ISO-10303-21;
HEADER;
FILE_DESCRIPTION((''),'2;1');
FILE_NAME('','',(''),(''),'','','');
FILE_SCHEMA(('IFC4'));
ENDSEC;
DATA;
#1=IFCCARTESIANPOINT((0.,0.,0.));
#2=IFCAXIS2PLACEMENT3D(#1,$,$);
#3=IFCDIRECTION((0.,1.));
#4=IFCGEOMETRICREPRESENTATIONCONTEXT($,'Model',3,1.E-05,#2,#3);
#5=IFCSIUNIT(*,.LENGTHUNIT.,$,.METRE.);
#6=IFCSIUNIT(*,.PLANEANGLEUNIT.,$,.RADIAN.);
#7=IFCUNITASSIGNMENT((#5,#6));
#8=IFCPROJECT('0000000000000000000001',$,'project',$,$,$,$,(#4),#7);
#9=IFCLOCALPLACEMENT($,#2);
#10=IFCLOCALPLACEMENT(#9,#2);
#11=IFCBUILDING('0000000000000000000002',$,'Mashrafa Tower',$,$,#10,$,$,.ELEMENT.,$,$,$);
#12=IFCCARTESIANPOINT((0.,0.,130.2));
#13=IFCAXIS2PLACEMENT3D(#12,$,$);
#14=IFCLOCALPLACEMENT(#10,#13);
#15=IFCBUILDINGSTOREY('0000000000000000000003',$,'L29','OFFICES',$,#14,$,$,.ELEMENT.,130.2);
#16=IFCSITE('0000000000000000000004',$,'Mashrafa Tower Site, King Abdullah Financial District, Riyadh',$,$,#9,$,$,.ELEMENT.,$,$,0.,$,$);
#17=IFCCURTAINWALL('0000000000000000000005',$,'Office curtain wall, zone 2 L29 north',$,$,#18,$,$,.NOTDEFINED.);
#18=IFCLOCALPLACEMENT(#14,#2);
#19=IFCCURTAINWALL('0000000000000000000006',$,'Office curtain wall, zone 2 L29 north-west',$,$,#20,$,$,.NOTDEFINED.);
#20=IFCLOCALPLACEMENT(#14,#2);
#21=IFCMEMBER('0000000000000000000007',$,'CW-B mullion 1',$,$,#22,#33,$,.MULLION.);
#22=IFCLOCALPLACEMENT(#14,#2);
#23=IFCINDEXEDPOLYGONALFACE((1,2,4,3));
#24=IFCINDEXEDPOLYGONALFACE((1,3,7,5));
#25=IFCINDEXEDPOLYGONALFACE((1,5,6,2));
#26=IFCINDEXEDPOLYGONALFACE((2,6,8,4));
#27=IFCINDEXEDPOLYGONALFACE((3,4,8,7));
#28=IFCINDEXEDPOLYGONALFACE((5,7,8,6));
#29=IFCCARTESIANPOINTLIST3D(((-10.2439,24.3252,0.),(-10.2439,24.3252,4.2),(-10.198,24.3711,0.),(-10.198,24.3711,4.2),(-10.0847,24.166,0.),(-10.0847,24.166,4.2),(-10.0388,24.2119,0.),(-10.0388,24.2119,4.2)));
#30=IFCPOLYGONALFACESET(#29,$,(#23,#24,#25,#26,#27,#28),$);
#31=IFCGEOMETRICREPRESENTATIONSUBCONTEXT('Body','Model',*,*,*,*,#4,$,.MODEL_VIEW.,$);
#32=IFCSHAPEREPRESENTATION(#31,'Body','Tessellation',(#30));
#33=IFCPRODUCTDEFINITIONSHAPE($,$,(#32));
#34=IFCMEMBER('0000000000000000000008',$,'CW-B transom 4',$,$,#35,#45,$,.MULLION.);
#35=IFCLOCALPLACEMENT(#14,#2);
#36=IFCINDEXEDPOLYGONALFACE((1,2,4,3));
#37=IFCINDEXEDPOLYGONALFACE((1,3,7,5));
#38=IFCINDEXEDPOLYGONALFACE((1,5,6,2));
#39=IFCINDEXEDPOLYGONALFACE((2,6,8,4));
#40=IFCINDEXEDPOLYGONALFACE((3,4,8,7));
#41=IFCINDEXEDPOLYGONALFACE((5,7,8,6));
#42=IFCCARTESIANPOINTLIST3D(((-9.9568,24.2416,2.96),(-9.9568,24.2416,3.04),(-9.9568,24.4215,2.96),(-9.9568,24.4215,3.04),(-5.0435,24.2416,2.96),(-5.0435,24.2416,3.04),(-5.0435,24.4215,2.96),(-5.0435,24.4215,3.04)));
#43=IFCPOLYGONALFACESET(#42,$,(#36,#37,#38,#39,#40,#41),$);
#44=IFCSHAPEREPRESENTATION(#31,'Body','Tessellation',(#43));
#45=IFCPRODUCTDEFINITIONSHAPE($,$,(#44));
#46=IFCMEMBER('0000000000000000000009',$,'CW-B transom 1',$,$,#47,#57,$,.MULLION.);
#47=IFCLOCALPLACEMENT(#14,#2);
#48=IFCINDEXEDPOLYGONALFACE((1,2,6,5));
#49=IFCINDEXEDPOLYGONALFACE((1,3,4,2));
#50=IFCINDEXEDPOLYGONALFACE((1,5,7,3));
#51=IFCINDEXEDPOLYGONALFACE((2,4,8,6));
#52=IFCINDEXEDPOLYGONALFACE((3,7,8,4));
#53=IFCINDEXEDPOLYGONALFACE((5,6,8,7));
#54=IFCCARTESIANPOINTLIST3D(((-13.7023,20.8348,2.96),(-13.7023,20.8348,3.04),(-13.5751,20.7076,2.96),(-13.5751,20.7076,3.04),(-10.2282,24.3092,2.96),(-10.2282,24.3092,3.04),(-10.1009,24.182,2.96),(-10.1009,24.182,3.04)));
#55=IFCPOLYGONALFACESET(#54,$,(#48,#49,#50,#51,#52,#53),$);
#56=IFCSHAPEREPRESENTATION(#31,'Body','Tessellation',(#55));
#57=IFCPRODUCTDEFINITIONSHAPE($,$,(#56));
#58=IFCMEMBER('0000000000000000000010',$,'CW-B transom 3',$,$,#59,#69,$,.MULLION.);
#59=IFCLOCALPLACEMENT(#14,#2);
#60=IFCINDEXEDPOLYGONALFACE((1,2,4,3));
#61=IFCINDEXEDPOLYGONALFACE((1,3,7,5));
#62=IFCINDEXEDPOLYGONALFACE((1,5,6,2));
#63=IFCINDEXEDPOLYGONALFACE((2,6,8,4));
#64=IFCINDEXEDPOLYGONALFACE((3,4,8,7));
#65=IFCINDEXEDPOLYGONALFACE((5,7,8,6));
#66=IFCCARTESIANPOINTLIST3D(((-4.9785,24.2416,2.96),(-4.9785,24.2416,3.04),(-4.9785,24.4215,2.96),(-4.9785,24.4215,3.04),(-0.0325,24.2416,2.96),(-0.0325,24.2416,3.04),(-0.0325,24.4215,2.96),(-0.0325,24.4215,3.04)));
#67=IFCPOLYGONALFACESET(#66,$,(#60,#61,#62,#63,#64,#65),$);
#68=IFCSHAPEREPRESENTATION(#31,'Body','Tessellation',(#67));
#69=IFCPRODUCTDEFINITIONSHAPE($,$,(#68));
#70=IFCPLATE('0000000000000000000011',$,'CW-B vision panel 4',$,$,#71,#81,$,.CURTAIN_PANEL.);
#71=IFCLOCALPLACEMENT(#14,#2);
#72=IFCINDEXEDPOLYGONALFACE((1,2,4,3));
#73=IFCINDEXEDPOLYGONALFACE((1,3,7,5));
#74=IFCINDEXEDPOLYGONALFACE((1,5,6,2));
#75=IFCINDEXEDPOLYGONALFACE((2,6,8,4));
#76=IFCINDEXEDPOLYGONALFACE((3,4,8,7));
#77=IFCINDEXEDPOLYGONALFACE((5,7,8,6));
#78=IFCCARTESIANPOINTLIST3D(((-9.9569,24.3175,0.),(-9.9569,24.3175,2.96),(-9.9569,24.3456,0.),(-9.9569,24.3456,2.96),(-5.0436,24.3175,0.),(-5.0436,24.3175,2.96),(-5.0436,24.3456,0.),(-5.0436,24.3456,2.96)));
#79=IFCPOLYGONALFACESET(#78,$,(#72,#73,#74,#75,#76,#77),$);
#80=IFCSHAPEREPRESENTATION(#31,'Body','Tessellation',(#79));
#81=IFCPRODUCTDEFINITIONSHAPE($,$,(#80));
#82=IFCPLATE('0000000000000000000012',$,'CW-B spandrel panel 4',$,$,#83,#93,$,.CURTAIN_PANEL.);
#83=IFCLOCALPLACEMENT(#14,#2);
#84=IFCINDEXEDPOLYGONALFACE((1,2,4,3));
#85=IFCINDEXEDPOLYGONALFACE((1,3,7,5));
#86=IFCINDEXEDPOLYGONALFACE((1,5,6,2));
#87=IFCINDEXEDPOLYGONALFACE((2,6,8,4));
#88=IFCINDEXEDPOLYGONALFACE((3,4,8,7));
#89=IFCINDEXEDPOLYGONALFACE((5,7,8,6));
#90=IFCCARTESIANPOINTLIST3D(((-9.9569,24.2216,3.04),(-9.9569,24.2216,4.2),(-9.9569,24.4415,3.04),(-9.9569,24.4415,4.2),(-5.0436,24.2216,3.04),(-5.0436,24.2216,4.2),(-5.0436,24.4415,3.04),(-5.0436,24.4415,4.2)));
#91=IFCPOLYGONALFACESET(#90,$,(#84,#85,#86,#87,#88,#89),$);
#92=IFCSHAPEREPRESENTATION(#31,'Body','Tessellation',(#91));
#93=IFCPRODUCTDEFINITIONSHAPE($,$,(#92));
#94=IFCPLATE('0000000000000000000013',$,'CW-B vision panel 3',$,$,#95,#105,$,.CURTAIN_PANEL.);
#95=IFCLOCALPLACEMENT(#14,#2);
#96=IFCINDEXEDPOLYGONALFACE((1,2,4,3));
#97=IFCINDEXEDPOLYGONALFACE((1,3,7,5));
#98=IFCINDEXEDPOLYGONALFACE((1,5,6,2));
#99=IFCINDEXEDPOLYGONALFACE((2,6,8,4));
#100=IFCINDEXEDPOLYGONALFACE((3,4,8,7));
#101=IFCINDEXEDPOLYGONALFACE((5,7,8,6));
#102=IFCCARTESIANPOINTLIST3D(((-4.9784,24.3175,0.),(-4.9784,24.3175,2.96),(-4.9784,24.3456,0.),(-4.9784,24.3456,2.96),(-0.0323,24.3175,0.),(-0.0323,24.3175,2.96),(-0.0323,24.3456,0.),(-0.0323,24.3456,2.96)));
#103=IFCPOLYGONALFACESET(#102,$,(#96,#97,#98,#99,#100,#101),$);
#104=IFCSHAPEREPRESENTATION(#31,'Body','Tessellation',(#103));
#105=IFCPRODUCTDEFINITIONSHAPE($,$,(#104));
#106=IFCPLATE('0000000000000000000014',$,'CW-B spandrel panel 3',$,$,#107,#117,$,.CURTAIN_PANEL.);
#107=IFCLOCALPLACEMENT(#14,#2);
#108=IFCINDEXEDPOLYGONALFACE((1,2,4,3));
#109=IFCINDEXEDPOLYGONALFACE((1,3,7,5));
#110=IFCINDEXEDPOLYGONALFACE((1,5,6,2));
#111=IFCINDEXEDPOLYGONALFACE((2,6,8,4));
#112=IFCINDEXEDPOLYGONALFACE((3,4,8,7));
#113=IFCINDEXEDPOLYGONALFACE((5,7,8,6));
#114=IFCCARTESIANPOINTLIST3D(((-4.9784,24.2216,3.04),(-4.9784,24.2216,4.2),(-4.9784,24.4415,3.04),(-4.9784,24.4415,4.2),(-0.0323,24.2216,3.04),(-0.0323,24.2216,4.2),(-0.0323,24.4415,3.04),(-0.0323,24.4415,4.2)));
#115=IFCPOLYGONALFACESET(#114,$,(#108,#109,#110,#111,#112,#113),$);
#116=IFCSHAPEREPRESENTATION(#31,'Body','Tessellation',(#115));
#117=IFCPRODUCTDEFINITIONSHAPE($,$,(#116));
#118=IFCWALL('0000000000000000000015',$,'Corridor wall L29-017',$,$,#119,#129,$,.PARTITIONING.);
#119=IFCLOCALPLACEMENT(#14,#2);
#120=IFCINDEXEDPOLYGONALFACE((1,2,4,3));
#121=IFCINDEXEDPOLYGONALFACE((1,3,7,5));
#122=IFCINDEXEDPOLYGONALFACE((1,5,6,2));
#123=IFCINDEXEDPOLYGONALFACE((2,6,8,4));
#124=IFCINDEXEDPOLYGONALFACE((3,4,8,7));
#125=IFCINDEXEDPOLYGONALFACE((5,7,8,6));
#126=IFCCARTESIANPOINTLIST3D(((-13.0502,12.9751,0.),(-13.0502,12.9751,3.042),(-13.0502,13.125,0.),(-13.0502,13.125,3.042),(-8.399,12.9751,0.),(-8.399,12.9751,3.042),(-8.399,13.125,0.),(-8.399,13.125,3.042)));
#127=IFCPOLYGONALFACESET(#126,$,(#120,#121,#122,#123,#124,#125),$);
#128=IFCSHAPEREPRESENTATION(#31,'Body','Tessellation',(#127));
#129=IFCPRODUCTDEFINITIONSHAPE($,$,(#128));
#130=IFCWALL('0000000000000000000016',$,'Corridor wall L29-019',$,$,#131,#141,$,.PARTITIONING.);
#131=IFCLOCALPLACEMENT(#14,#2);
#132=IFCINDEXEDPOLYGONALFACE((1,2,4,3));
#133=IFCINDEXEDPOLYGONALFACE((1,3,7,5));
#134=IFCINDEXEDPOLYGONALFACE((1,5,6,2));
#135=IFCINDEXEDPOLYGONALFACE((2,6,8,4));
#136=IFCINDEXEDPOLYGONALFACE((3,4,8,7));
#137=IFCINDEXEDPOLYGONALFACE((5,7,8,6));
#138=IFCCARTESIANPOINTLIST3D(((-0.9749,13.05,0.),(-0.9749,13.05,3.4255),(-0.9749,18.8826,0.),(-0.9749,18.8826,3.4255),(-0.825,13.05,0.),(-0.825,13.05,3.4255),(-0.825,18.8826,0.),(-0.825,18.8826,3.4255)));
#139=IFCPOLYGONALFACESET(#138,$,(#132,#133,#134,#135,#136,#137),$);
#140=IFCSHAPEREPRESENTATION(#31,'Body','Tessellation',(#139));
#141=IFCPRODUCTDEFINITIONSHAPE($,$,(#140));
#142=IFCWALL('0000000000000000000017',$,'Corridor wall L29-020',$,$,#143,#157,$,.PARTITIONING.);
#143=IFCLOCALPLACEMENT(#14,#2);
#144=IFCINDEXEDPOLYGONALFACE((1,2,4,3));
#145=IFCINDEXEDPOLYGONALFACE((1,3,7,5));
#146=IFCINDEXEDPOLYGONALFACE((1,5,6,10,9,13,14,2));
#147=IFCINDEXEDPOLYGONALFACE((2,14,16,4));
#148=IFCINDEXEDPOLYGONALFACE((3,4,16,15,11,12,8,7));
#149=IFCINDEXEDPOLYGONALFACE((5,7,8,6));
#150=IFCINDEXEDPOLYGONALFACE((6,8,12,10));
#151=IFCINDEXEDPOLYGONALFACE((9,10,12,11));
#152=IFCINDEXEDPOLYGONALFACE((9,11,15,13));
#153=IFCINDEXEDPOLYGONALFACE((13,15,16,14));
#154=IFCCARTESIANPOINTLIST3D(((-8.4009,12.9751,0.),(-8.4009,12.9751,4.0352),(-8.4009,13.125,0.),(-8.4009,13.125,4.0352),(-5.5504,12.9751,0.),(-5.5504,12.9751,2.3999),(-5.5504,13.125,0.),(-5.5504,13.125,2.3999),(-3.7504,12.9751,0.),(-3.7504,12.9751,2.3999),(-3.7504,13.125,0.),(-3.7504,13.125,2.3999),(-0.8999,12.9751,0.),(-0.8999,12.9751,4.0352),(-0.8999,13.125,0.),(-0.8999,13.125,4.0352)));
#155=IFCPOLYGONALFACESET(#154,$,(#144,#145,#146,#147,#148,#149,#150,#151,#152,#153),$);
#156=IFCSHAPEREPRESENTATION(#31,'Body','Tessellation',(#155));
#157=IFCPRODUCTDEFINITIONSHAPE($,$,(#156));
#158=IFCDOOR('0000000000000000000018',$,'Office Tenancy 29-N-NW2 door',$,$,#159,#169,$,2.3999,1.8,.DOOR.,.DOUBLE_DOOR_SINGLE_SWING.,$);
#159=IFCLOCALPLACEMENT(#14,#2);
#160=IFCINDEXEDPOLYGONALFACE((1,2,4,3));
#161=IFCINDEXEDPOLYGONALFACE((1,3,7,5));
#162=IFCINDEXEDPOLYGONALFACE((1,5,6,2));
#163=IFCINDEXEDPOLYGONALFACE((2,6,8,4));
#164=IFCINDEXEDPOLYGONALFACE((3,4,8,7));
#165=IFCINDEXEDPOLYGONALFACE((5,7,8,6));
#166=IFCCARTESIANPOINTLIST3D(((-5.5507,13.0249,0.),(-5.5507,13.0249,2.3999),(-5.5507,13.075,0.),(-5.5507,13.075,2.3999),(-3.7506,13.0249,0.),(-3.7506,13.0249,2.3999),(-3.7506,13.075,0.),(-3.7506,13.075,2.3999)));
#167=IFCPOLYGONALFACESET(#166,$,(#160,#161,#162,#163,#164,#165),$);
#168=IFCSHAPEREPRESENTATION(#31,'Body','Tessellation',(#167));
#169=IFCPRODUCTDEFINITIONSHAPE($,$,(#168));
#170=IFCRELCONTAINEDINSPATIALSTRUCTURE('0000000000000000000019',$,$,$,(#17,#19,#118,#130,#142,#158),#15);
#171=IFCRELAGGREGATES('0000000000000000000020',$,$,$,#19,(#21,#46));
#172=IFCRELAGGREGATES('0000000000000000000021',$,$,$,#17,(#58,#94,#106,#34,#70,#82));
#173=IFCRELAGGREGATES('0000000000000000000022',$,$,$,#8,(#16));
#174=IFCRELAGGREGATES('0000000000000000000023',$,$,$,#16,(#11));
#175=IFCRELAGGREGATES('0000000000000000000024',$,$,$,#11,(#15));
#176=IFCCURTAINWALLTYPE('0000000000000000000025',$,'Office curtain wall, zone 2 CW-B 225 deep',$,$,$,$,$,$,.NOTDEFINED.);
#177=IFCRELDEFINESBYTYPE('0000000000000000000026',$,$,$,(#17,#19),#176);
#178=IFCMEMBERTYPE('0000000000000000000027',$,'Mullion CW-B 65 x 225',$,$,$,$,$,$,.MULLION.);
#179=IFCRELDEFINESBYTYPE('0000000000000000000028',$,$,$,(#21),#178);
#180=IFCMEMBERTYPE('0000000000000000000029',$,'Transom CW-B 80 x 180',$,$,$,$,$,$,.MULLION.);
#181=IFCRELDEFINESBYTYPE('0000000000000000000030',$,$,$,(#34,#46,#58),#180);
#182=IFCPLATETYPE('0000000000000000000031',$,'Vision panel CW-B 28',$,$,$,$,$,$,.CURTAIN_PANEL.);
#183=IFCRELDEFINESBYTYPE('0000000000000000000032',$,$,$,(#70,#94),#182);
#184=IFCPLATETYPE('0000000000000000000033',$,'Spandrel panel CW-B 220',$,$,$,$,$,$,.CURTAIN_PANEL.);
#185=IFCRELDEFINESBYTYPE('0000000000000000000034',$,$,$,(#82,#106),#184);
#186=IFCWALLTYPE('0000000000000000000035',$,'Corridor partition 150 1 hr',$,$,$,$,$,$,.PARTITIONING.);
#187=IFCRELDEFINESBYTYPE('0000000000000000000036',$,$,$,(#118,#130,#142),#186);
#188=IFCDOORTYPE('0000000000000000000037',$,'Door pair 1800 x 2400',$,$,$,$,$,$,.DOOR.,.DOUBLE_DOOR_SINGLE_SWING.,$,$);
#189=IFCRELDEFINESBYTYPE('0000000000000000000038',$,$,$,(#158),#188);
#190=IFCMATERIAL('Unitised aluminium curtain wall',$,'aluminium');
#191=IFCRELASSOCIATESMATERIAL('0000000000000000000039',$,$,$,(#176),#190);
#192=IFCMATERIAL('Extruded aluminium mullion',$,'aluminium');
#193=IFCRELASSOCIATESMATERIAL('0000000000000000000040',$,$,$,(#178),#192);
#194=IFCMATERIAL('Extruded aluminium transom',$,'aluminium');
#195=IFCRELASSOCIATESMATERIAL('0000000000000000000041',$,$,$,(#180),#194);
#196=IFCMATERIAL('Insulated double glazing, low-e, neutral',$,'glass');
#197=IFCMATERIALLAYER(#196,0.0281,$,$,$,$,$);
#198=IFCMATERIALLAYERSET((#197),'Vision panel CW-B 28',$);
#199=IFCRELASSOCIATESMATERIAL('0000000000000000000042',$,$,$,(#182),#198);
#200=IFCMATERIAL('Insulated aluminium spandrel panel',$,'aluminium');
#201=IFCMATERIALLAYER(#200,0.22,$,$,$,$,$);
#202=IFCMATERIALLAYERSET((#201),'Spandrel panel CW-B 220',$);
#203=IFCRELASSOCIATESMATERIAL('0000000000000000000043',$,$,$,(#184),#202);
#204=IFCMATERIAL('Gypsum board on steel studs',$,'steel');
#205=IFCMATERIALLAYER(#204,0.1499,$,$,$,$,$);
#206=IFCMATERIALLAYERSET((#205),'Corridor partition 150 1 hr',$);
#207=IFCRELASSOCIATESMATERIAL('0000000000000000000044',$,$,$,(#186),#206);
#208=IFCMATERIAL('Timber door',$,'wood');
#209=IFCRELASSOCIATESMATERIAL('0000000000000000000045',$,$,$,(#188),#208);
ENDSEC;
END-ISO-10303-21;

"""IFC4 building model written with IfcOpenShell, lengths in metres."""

from ifc_helpers import new_model, si_unit, direction, frame, frame_2d, origin, origin_2d, place, context, subcontext, project, spatial, rectangle, extrude, source, transform, mapped, material, layer, layer_set, material_profile, profile_set, type_object, type_shapes, element, fill, aggregate, save


model = new_model("IFC4")

# Units and contexts
model_context = context("Model", 3, precision=1e-05, world=origin(), true_north=direction((0.0, 1.0)))
body_context = subcontext(model_context, "Body", "Model", "MODEL_VIEW")
ifc_project = project(units=[si_unit("LENGTHUNIT", "METRE"), si_unit("PLANEANGLEUNIT", "RADIAN")], contexts=[model_context])

# Site, building, storey
site_placement = place(None, origin())
site = spatial("IfcSite", under=ifc_project, at=site_placement, Name="Mashrafa Tower Site, King Abdullah Financial District, Riyadh", CompositionType="ELEMENT", RefElevation=0.0)
building_placement = place(site_placement, origin())
building = spatial("IfcBuilding", under=site, at=building_placement, Name="Mashrafa Tower", CompositionType="ELEMENT")
storey_placement = place(building_placement, frame((0.0, 0.0, 130.2)))
storey = spatial("IfcBuildingStorey", under=building, at=storey_placement, Name="L29", Description="OFFICES", CompositionType="ELEMENT", Elevation=130.2)

# Curtain wall
ifc_material_1 = material(Name="Unitised aluminium curtain wall", Category="aluminium")
curtain_wall_type = type_object("IfcCurtainWallType", Name="Office curtain wall, zone 2 CW-B 225 deep", PredefinedType="NOTDEFINED", material=ifc_material_1)
curtain_wall_1_placement = place(storey_placement, origin())
curtain_wall_1 = element("IfcCurtainWall", 1, at=curtain_wall_1_placement, inside=storey, type_object=curtain_wall_type, Name="Office curtain wall, zone 2 L29 north", PredefinedType="NOTDEFINED")
ifc_material_2 = material(Name="Extruded aluminium mullion", Category="aluminium")
ifc_material_profile_1 = material_profile(ifc_material_2, rectangle(XDim=0.2251, YDim=0.0649, at=origin_2d()), Name="Mullion 65x225")
ifc_profile_set_1 = profile_set([ifc_material_profile_1], Name="Extruded aluminium mullion")
member_type_1 = type_object("IfcMemberType", Name="Mullion CW-B 65 x 225", PredefinedType="MULLION", material=ifc_profile_set_1)
shared_shape_1 = source(origin(), body_context, "Body", "SweptSolid", [
    extrude(rectangle(XDim=0.2251, YDim=0.0649, at=origin_2d()), origin(), (0.0, 0.0, 1.0), 4.2),
])
type_shapes(member_type_1, [shared_shape_1])

# Curtain wall, member
curtain_wall_2_placement = place(storey_placement, origin())
curtain_wall_2 = element("IfcCurtainWall", 2, at=curtain_wall_2_placement, inside=storey, type_object=curtain_wall_type, Name="Office curtain wall, zone 2 L29 north-west", PredefinedType="NOTDEFINED")
member_1_placement = place(storey_placement, frame((-10.1414, 24.2686, 0.0), z_axis=(0.0, 0.0, 1.0), x_axis=(0.707107, -0.707107, 0.0)))
member_1 = element("IfcMember", 3, at=member_1_placement, type_object=member_type_1, Name="CW-B mullion 1", PredefinedType="MULLION", context=body_context, shape_type="MappedRepresentation", body=[
    mapped(shared_shape_1, transform((0.0, 0.0, 0.0))),
])

# Members
ifc_material_3 = material(Name="Extruded aluminium transom", Category="aluminium")
ifc_material_profile_2 = material_profile(ifc_material_3, rectangle(XDim=0.1799, YDim=0.0801, at=origin_2d()), Name="Transom 80x180")
ifc_profile_set_2 = profile_set([ifc_material_profile_2], Name="Extruded aluminium transom")
member_type_2 = type_object("IfcMemberType", Name="Transom CW-B 80 x 180", PredefinedType="MULLION", material=ifc_profile_set_2)
shared_shape_2 = source(origin(), body_context, "Body", "SweptSolid", [
    extrude(rectangle(XDim=0.1799, YDim=0.0801, at=origin_2d()), origin(), (0.0, 0.0, 1.0), 4.9133),
])
member_2_placement = place(storey_placement, frame((-5.0435, 24.3315, 3.0), z_axis=(-1.0, 0.0, 0.0), x_axis=(0.0, -1.0, 0.0)))
member_2 = element("IfcMember", 4, at=member_2_placement, type_object=member_type_2, Name="CW-B transom 4", PredefinedType="MULLION", context=body_context, shape_type="MappedRepresentation", body=[
    mapped(shared_shape_2, transform((0.0, 0.0, 0.0))),
])
member_3_placement = place(storey_placement, frame((-10.1646, 24.2456, 3.0), z_axis=(-0.707082, -0.707132, 0.0), x_axis=(0.707132, -0.707082, 0.0)))
member_3 = element("IfcMember", 5, at=member_3_placement, type_object=member_type_2, Name="CW-B transom 1", PredefinedType="MULLION", context=body_context, shape_type="MappedRepresentation", body=[
    mapped(shared_shape_2, transform((0.0, 0.0, 0.0))),
])
aggregate(curtain_wall_2, [member_1, member_3])
shared_shape_3 = source(origin(), body_context, "Body", "SweptSolid", [
    extrude(rectangle(XDim=0.1799, YDim=0.0801, at=origin_2d()), origin(), (0.0, 0.0, 1.0), 4.946),
])
type_shapes(member_type_2, [shared_shape_2, shared_shape_3])
member_4_placement = place(storey_placement, frame((-0.0325, 24.3315, 3.0), z_axis=(-1.0, 0.0, 0.0), x_axis=(0.0, -1.0, 0.0)))
member_4 = element("IfcMember", 6, at=member_4_placement, type_object=member_type_2, Name="CW-B transom 3", PredefinedType="MULLION", context=body_context, shape_type="MappedRepresentation", body=[
    mapped(shared_shape_3, transform((0.0, 0.0, 0.0))),
])

# Plates
ifc_material_4 = material(Name="Insulated double glazing, low-e, neutral", Category="glass")
ifc_layer_1 = layer(ifc_material_4, 0.0281)
ifc_layer_set_1 = layer_set([ifc_layer_1], Name="Vision panel CW-B 28")
plate_type_1 = type_object("IfcPlateType", Name="Vision panel CW-B 28", PredefinedType="CURTAIN_PANEL", material=ifc_layer_set_1)
shared_shape_4 = source(origin(), body_context, "Body", "SweptSolid", [
    extrude(rectangle(XDim=4.9133, YDim=0.0281, at=origin_2d()), origin(), (0.0, 0.0, 1.0), 2.96),
])
plate_1_placement = place(storey_placement, frame((-7.5002, 24.3315, 0.0), z_axis=(0.0, 0.0, 1.0), x_axis=(-1.0, 0.0, 0.0)))
plate_1 = element("IfcPlate", 7, at=plate_1_placement, type_object=plate_type_1, Name="CW-B vision panel 4", PredefinedType="CURTAIN_PANEL", context=body_context, shape_type="MappedRepresentation", body=[
    mapped(shared_shape_4, transform((0.0, 0.0, 0.0))),
])
ifc_material_5 = material(Name="Insulated aluminium spandrel panel", Category="aluminium")
ifc_layer_2 = layer(ifc_material_5, 0.22)
ifc_layer_set_2 = layer_set([ifc_layer_2], Name="Spandrel panel CW-B 220")
plate_type_2 = type_object("IfcPlateType", Name="Spandrel panel CW-B 220", PredefinedType="CURTAIN_PANEL", material=ifc_layer_set_2)
shared_shape_5 = source(origin(), body_context, "Body", "SweptSolid", [
    extrude(rectangle(XDim=4.9133, YDim=0.22, at=origin_2d()), origin(), (0.0, 0.0, 1.0), 1.1599),
])
plate_2_placement = place(storey_placement, frame((-7.5002, 24.3315, 3.04), z_axis=(0.0, 0.0, 1.0), x_axis=(-1.0, 0.0, 0.0)))
plate_2 = element("IfcPlate", 8, at=plate_2_placement, type_object=plate_type_2, Name="CW-B spandrel panel 4", PredefinedType="CURTAIN_PANEL", context=body_context, shape_type="MappedRepresentation", body=[
    mapped(shared_shape_5, transform((0.0, 0.0, 0.0))),
])
shared_shape_6 = source(origin(), body_context, "Body", "SweptSolid", [
    extrude(rectangle(XDim=4.946, YDim=0.0281, at=origin_2d()), origin(), (0.0, 0.0, 1.0), 2.96),
])
type_shapes(plate_type_1, [shared_shape_4, shared_shape_6])
plate_3_placement = place(storey_placement, frame((-2.5054, 24.3315, 0.0), z_axis=(0.0, 0.0, 1.0), x_axis=(-1.0, 0.0, 0.0)))
plate_3 = element("IfcPlate", 9, at=plate_3_placement, type_object=plate_type_1, Name="CW-B vision panel 3", PredefinedType="CURTAIN_PANEL", context=body_context, shape_type="MappedRepresentation", body=[
    mapped(shared_shape_6, transform((0.0, 0.0, 0.0))),
])
shared_shape_7 = source(origin(), body_context, "Body", "SweptSolid", [
    extrude(rectangle(XDim=4.946, YDim=0.22, at=origin_2d()), origin(), (0.0, 0.0, 1.0), 1.1599),
])
type_shapes(plate_type_2, [shared_shape_5, shared_shape_7])
plate_4_placement = place(storey_placement, frame((-2.5054, 24.3315, 3.04), z_axis=(0.0, 0.0, 1.0), x_axis=(-1.0, 0.0, 0.0)))
plate_4 = element("IfcPlate", 10, at=plate_4_placement, type_object=plate_type_2, Name="CW-B spandrel panel 3", PredefinedType="CURTAIN_PANEL", context=body_context, shape_type="MappedRepresentation", body=[
    mapped(shared_shape_7, transform((0.0, 0.0, 0.0))),
])
aggregate(curtain_wall_1, [member_4, plate_3, plate_4, member_2, plate_1, plate_2])

# Shared definitions
ifc_material_6 = material(Name="Gypsum board on steel studs", Category="steel")
ifc_layer_3 = layer(ifc_material_6, 0.1499)
ifc_layer_set_3 = layer_set([ifc_layer_3], Name="Corridor partition 150 1 hr")
wall_type_1 = type_object("IfcWallType", Name="Corridor partition 150 1 hr", PredefinedType="PARTITIONING", material=ifc_layer_set_3)
ifc_material_7 = material(Name="Timber door", Category="wood")
door_type = type_object("IfcDoorType", Name="Door pair 1800 x 2400", OperationType="DOUBLE_DOOR_SINGLE_SWING", PredefinedType="DOOR", material=ifc_material_7)

# Walls
wall_1_placement = place(storey_placement, frame((-8.3989, 13.05, 0.0), z_axis=(0.0, 0.0, 1.0), x_axis=(-1.0, 0.0, 0.0)))
element("IfcWall", 11, at=wall_1_placement, inside=storey, type_object=wall_type_1, Name="Corridor wall L29-017", PredefinedType="PARTITIONING", context=body_context, shape_type="SweptSolid", body=[
    extrude(rectangle(XDim=4.6511, YDim=0.1499, at=frame_2d((2.3257, 0.0))), origin(), (0.0, 0.0, 1.0), 3.042),
])
wall_2_placement = place(storey_placement, frame((-0.8999, 18.8826, 0.0), z_axis=(0.0, 0.0, 1.0), x_axis=(0.0, -1.0, 0.0)))
element("IfcWall", 12, at=wall_2_placement, inside=storey, type_object=wall_type_1, Name="Corridor wall L29-019", PredefinedType="PARTITIONING", context=body_context, shape_type="SweptSolid", body=[
    extrude(rectangle(XDim=5.8325, YDim=0.1499, at=frame_2d((2.9163, 0.0))), origin(), (0.0, 0.0, 1.0), 3.4255),
])

# Wall, opening, door
wall_3_placement = place(storey_placement, frame((-0.8999, 13.05, 0.0), z_axis=(0.0, 0.0, 1.0), x_axis=(-1.0, 0.0, 0.0)))
wall_3 = element("IfcWall", 13, at=wall_3_placement, inside=storey, type_object=wall_type_1, Name="Corridor wall L29-020", PredefinedType="PARTITIONING", context=body_context, shape_type="SweptSolid", body=[
    extrude(rectangle(XDim=7.501, YDim=0.1499, at=frame_2d((3.7505, 0.0))), origin(), (0.0, 0.0, 1.0), 4.0352),
])
opening_1_placement = place(wall_3_placement, frame((2.8506, 0.0, 0.0)))
opening_1 = element("IfcOpeningElement", 14, at=opening_1_placement, cuts=wall_3, PredefinedType="OPENING", context=body_context, shape_type="SweptSolid", body=[
    extrude(rectangle(XDim=1.8, YDim=2.3999, at=frame_2d((0.8999, 1.2))), frame((0.0, 0.085, 0.0), z_axis=(0.0, -1.0, 0.0), x_axis=(1.0, 0.0, 0.0)), (0.0, 0.0, 1.0), 0.1699),
])
door_1_placement = place(opening_1_placement, frame((1.8, 0.0, 0.0), z_axis=(0.0, 0.0, 1.0), x_axis=(-1.0, 0.0, 0.0)))
door_1 = element("IfcDoor", 15, at=door_1_placement, inside=storey, type_object=door_type, Name="Office Tenancy 29-N-NW2 door", OperationType="DOUBLE_DOOR_SINGLE_SWING", OverallHeight=2.3999, OverallWidth=1.8, PredefinedType="DOOR", context=body_context, shape_type="SweptSolid", body=[
    extrude(rectangle(XDim=1.8, YDim=2.3999, at=frame_2d((0.8999, 1.2))), frame((0.0, 0.0249, 0.0), z_axis=(0.0, -1.0, 0.0), x_axis=(1.0, 0.0, 0.0)), (0.0, 0.0, 1.0), 0.05),
])
fill(opening_1, door_1)

save(model, "model.ifc")
